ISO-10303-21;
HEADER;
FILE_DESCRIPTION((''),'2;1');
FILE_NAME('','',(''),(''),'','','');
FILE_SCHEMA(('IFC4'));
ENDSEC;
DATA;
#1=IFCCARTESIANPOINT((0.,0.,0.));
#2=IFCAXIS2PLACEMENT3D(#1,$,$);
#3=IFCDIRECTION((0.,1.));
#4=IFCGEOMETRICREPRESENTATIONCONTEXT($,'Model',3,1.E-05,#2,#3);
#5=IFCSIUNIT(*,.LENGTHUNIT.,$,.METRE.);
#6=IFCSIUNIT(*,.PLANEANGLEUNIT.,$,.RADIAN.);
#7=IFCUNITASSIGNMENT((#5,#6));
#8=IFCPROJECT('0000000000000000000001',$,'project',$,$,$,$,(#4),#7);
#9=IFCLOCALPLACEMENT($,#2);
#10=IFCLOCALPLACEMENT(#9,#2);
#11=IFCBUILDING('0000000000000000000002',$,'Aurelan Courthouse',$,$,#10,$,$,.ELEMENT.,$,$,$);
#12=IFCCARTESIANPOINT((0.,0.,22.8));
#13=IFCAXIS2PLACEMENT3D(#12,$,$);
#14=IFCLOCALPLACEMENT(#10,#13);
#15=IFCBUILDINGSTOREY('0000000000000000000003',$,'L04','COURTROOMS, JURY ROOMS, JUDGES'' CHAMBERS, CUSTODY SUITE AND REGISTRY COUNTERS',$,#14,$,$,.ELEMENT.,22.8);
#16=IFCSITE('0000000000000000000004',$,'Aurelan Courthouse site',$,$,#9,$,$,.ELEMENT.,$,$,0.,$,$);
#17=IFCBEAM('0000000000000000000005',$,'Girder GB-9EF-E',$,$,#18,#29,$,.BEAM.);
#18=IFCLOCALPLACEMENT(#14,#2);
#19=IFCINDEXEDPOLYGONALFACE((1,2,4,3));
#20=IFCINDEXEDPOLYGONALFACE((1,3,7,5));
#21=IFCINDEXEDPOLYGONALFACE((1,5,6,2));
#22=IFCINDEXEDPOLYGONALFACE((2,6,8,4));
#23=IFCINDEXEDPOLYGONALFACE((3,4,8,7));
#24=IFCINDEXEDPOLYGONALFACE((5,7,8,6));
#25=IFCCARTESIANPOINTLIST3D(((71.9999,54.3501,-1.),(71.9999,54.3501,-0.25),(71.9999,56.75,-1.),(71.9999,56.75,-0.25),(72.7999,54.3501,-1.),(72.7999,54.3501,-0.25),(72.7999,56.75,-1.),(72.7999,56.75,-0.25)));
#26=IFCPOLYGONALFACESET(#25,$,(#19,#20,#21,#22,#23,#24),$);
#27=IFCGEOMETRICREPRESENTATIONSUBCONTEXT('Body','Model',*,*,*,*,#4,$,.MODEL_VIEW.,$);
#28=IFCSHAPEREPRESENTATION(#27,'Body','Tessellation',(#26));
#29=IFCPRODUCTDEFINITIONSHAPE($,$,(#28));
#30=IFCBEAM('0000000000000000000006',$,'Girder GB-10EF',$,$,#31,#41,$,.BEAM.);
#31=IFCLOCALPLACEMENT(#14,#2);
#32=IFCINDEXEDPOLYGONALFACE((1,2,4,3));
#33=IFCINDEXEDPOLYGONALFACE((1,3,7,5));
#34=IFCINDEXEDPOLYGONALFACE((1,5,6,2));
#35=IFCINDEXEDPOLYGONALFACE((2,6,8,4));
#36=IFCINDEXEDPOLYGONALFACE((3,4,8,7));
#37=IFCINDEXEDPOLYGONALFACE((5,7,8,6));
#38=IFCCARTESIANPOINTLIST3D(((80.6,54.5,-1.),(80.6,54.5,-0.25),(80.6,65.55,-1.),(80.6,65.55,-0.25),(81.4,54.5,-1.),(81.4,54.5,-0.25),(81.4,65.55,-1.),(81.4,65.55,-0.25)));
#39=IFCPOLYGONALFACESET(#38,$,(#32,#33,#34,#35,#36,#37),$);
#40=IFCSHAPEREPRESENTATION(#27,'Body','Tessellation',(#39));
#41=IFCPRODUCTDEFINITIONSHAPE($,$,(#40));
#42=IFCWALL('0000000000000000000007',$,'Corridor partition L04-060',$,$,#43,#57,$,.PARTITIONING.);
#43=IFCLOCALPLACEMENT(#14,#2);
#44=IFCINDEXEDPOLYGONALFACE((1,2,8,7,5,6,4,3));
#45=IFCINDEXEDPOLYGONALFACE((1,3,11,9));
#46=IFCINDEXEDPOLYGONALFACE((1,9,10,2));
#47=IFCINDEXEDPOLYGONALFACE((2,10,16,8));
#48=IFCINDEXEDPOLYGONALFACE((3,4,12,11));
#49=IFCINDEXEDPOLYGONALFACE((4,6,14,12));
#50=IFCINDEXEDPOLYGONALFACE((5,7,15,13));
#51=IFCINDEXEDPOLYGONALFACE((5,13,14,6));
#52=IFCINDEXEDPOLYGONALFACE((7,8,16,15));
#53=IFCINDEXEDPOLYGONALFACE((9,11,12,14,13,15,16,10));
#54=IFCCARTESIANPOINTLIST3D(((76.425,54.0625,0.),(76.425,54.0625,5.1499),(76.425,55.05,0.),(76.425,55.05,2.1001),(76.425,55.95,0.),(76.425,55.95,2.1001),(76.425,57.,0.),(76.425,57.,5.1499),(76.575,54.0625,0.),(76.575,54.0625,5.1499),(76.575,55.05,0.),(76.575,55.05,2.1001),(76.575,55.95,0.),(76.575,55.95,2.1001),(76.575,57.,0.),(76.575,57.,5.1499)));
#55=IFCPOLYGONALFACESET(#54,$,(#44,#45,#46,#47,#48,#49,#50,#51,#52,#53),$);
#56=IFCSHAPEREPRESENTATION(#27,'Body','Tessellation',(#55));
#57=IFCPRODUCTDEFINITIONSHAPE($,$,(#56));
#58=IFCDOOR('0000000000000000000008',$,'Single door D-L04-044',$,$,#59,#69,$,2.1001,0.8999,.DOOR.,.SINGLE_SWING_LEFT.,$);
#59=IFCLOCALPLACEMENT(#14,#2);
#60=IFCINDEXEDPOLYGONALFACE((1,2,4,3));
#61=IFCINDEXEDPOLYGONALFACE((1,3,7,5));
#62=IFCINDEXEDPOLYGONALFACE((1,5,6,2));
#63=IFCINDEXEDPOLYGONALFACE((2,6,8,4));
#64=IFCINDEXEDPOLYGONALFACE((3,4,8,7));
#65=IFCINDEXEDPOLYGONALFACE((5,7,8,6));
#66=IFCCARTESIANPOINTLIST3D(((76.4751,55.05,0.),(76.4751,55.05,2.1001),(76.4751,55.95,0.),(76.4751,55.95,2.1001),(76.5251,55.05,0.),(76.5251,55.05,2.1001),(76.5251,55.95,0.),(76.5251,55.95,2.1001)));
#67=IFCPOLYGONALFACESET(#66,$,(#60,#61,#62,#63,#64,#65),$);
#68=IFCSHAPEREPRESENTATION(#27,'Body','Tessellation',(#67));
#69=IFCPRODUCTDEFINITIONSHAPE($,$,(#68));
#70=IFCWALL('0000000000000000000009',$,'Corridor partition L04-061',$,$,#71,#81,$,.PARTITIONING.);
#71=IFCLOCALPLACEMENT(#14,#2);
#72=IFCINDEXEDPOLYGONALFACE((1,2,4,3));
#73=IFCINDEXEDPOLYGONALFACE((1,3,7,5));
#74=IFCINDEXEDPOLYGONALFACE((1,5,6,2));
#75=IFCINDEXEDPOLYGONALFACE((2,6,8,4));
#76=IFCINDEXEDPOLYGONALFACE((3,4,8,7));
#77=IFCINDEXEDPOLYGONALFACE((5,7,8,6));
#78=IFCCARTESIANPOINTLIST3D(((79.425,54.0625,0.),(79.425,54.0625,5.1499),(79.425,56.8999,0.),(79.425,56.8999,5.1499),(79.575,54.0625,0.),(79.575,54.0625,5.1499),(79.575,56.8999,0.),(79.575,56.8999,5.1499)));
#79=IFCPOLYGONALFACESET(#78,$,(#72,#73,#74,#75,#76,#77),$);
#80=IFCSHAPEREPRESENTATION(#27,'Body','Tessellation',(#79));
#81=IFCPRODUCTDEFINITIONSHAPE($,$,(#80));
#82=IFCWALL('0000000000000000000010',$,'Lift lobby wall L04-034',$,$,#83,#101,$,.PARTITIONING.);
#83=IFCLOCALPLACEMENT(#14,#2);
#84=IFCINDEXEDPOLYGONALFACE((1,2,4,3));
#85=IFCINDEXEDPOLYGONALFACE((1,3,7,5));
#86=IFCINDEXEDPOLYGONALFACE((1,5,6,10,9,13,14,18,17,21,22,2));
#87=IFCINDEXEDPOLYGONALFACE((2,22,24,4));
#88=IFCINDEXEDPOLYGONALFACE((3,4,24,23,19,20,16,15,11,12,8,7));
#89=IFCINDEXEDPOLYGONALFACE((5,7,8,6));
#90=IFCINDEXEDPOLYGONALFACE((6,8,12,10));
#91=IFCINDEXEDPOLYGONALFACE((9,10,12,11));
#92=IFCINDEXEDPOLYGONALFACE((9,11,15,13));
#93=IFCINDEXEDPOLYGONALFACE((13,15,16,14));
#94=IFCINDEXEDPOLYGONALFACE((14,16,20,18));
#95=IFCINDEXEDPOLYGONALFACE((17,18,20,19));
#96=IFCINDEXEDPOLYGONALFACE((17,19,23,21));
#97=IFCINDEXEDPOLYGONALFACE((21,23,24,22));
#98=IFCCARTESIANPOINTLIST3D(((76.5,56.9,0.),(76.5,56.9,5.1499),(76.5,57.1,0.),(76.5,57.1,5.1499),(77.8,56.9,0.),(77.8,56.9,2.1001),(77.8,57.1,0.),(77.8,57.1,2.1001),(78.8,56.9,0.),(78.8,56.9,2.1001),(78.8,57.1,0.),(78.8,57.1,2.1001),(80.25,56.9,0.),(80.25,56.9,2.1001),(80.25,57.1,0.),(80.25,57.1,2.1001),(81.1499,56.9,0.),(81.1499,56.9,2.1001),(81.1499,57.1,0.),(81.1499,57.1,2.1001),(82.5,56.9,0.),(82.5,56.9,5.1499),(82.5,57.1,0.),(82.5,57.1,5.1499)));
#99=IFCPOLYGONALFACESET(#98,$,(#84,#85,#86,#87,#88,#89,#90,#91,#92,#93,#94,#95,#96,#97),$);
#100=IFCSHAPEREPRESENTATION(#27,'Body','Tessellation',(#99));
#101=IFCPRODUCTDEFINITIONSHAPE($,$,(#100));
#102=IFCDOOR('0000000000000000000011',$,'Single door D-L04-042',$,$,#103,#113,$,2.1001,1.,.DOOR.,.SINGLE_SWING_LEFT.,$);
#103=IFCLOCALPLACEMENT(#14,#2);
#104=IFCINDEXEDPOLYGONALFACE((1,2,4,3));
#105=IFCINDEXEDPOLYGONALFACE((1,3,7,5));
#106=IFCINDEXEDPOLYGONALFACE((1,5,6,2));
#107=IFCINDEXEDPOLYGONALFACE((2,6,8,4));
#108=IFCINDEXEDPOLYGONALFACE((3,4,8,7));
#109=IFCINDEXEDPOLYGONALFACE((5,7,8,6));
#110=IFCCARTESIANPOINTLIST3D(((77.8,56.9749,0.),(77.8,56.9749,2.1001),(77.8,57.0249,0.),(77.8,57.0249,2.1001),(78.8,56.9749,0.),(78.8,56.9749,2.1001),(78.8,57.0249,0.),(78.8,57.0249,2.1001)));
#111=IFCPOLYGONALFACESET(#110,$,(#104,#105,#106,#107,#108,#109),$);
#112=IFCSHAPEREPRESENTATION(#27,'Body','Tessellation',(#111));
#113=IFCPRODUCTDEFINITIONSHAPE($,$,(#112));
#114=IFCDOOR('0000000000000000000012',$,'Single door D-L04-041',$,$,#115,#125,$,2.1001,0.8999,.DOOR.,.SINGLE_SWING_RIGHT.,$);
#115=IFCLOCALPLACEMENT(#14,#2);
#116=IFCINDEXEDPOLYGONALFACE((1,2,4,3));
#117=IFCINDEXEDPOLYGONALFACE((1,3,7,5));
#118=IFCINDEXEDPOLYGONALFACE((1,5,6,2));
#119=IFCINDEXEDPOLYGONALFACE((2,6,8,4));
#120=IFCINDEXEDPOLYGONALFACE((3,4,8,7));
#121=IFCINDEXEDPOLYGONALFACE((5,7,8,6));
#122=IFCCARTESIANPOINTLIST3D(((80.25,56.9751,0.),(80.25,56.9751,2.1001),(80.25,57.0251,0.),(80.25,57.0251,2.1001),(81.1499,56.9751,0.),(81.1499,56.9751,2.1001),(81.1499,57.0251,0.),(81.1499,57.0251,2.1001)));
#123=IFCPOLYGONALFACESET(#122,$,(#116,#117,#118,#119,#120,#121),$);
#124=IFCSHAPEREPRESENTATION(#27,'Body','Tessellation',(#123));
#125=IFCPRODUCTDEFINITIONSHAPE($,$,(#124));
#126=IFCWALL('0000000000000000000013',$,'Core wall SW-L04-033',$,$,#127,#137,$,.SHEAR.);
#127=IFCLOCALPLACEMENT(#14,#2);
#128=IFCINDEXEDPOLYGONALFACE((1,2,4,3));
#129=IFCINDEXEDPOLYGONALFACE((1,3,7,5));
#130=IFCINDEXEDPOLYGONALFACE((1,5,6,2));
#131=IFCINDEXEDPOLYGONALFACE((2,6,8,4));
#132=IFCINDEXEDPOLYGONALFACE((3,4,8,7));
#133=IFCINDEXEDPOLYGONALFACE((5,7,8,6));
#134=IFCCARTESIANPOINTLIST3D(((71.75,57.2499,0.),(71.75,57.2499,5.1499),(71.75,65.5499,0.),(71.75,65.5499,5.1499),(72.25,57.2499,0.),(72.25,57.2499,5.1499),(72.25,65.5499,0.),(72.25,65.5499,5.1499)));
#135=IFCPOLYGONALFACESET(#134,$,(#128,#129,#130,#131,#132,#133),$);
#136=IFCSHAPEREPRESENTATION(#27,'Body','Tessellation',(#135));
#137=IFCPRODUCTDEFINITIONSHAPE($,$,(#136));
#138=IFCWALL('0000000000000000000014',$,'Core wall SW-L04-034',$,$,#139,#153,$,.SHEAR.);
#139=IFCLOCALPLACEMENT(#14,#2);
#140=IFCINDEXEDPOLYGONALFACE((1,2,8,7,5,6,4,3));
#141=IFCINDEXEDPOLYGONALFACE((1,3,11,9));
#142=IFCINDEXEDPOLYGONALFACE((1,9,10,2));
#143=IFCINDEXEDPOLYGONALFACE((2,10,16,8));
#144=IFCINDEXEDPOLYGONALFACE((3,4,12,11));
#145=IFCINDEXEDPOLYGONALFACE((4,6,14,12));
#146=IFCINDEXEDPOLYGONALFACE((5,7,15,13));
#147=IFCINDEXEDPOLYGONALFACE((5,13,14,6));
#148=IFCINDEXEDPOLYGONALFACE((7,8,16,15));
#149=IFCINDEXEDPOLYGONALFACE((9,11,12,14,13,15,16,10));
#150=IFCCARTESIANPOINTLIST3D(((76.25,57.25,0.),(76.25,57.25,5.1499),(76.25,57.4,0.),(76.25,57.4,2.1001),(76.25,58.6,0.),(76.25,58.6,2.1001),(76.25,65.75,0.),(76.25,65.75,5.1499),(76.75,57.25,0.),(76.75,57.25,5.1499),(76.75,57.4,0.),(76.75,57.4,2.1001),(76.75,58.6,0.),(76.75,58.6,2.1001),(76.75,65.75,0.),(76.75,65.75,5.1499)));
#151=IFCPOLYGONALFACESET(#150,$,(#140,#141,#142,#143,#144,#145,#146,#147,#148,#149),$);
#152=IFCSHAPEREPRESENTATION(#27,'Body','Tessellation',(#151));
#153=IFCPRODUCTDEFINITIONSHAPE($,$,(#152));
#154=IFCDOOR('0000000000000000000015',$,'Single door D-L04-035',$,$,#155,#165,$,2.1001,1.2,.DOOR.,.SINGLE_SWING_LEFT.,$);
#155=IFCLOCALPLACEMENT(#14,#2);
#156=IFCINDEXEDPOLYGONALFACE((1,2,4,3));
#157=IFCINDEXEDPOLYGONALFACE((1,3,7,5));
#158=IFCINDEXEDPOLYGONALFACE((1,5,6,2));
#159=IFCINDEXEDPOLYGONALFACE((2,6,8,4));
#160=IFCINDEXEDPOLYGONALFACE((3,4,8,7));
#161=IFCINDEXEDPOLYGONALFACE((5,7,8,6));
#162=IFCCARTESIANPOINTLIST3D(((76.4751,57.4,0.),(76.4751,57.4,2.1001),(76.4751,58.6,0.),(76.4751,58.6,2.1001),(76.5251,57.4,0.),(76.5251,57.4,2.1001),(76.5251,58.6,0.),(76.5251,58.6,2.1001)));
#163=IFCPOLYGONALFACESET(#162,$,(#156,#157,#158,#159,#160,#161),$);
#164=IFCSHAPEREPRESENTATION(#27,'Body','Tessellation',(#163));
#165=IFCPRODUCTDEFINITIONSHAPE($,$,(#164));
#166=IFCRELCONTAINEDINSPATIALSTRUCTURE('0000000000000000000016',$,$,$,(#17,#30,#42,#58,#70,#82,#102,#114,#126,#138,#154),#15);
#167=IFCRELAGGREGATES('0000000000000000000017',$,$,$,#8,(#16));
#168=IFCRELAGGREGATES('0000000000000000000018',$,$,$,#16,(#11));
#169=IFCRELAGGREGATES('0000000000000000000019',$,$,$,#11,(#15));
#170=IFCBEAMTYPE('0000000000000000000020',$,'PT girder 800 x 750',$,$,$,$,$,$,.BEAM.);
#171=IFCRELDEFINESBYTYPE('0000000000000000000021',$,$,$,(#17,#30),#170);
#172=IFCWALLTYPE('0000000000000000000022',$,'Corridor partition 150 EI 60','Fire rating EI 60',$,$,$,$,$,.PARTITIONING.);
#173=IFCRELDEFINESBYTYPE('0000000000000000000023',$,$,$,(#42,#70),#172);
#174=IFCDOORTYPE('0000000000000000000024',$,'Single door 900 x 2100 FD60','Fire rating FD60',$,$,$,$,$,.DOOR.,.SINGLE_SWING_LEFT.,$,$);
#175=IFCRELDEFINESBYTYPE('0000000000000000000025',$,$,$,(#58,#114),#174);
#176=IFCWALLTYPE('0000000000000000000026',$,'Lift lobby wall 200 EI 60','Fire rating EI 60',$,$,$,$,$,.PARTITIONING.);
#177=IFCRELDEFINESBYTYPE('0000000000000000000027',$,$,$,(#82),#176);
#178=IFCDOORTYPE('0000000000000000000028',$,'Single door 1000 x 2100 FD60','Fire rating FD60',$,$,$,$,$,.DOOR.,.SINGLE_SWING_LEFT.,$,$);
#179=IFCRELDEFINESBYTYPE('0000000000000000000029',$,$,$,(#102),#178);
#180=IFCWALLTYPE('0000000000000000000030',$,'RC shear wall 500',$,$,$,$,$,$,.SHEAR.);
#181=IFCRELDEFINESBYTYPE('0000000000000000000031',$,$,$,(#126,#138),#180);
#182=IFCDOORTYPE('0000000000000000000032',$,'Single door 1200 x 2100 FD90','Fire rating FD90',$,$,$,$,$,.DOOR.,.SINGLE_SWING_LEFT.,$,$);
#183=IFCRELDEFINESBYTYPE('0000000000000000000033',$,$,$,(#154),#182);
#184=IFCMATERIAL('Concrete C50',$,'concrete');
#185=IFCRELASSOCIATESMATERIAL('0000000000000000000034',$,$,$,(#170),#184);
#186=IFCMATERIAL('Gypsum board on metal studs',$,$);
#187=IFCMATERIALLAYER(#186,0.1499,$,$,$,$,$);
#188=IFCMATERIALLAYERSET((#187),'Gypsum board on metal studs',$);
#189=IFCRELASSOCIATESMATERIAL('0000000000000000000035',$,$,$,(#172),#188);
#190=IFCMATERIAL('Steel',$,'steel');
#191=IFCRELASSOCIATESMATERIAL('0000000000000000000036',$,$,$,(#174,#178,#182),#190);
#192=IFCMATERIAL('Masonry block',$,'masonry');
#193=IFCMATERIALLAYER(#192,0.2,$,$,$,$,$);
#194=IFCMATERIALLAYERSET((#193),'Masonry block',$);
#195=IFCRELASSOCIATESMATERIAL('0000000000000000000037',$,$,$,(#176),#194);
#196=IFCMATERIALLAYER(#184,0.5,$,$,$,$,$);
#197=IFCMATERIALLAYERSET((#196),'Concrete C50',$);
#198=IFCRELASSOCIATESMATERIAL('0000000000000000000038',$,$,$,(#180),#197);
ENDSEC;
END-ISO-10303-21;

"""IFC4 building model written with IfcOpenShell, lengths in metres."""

from ifc_helpers import new_model, si_unit, direction, frame, frame_2d, origin, origin_2d, place, context, subcontext, project, spatial, rectangle, extrude, material, layer, layer_set, material_profile, profile_set, type_object, element, fill, save


model = new_model("IFC4")

# Units and contexts
model_context = context("Model", 3, precision=1e-05, world=origin(), true_north=direction((0.0, 1.0)))
body_context = subcontext(model_context, "Body", "Model", "MODEL_VIEW")
ifc_project = project(units=[si_unit("LENGTHUNIT", "METRE"), si_unit("PLANEANGLEUNIT", "RADIAN")], contexts=[model_context])

# Site, building, storey
site_placement = place(None, origin())
site = spatial("IfcSite", under=ifc_project, at=site_placement, Name="Aurelan Courthouse site", CompositionType="ELEMENT", RefElevation=0.0)
building_placement = place(site_placement, origin())
building = spatial("IfcBuilding", under=site, at=building_placement, Name="Aurelan Courthouse", CompositionType="ELEMENT")
storey_placement = place(building_placement, frame((0.0, 0.0, 22.8)))
storey = spatial("IfcBuildingStorey", under=building, at=storey_placement, Name="L04", Description="COURTROOMS, JURY ROOMS, JUDGES' CHAMBERS, CUSTODY SUITE AND REGISTRY COUNTERS", CompositionType="ELEMENT", Elevation=22.8)

# Beams
ifc_material_1 = material(Name="Concrete C50", Category="concrete")
ifc_material_profile = material_profile(ifc_material_1, rectangle(XDim=0.8, YDim=0.75, at=origin_2d()), Name="RC 800 x 750")
ifc_profile_set = profile_set([ifc_material_profile], Name="Concrete C50")
beam_type = type_object("IfcBeamType", Name="PT girder 800 x 750", PredefinedType="BEAM", material=ifc_profile_set)
beam_1_placement = place(storey_placement, frame((72.3999, 54.3501, -0.625), z_axis=(0.0, 1.0, 0.0), x_axis=(-1.0, 0.0, 0.0)))
element("IfcBeam", 1, at=beam_1_placement, inside=storey, type_object=beam_type, Name="Girder GB-9EF-E", PredefinedType="BEAM", context=body_context, shape_type="SweptSolid", body=[
    extrude(rectangle(XDim=0.8, YDim=0.75, at=origin_2d()), origin(), (0.0, 0.0, 1.0), 2.3999),
])
beam_2_placement = place(storey_placement, frame((81.0, 54.5, -0.625), z_axis=(0.0, 1.0, 0.0), x_axis=(-1.0, 0.0, 0.0)))
element("IfcBeam", 2, at=beam_2_placement, inside=storey, type_object=beam_type, Name="Girder GB-10EF", PredefinedType="BEAM", context=body_context, shape_type="SweptSolid", body=[
    extrude(rectangle(XDim=0.8, YDim=0.75, at=origin_2d()), origin(), (0.0, 0.0, 1.0), 11.05),
])

# Wall, opening, door
ifc_material_2 = material(Name="Gypsum board on metal studs")
ifc_layer_1 = layer(ifc_material_2, 0.1499)
ifc_layer_set_1 = layer_set([ifc_layer_1], Name="Gypsum board on metal studs")
wall_type_1 = type_object("IfcWallType", Name="Corridor partition 150 EI 60", Description="Fire rating EI 60", PredefinedType="PARTITIONING", material=ifc_layer_set_1)
wall_1_placement = place(storey_placement, frame((76.5, 54.0625, 0.0), z_axis=(0.0, 0.0, 1.0), x_axis=(0.0, 1.0, 0.0)))
wall_1 = element("IfcWall", 3, at=wall_1_placement, inside=storey, type_object=wall_type_1, Name="Corridor partition L04-060", PredefinedType="PARTITIONING", context=body_context, shape_type="SweptSolid", body=[
    extrude(rectangle(XDim=2.9375, YDim=0.1499, at=frame_2d((1.4688, 0.0))), origin(), (0.0, 0.0, 1.0), 5.1499),
])
opening_1_placement = place(wall_1_placement, frame((0.9875, 0.0, 0.0)))
opening_1 = element("IfcOpeningElement", 4, at=opening_1_placement, cuts=wall_1, PredefinedType="OPENING", context=body_context, shape_type="SweptSolid", body=[
    extrude(rectangle(XDim=0.8999, YDim=2.1001, at=frame_2d((0.45, 1.05))), frame((0.0, 0.085, 0.0), z_axis=(0.0, -1.0, 0.0), x_axis=(1.0, 0.0, 0.0)), (0.0, 0.0, 1.0), 0.1699),
])
ifc_material_3 = material(Name="Steel", Category="steel")
door_type_1 = type_object("IfcDoorType", Name="Single door 900 x 2100 FD60", Description="Fire rating FD60", OperationType="SINGLE_SWING_LEFT", PredefinedType="DOOR", material=ifc_material_3)
door_1_placement = place(opening_1_placement, origin())
door_1 = element("IfcDoor", 5, at=door_1_placement, inside=storey, type_object=door_type_1, Name="Single door D-L04-044", OperationType="SINGLE_SWING_LEFT", OverallHeight=2.1001, OverallWidth=0.8999, PredefinedType="DOOR", context=body_context, shape_type="SweptSolid", body=[
    extrude(rectangle(XDim=0.8999, YDim=2.1001, at=frame_2d((0.45, 1.05))), frame((0.0, 0.0249, 0.0), z_axis=(0.0, -1.0, 0.0), x_axis=(1.0, 0.0, 0.0)), (0.0, 0.0, 1.0), 0.05),
])
fill(opening_1, door_1)

# Wall
wall_2_placement = place(storey_placement, frame((79.5, 54.0625, 0.0), z_axis=(0.0, 0.0, 1.0), x_axis=(0.0, 1.0, 0.0)))
element("IfcWall", 6, at=wall_2_placement, inside=storey, type_object=wall_type_1, Name="Corridor partition L04-061", PredefinedType="PARTITIONING", context=body_context, shape_type="SweptSolid", body=[
    extrude(rectangle(XDim=2.8374, YDim=0.1499, at=frame_2d((1.4187, 0.0))), origin(), (0.0, 0.0, 1.0), 5.1499),
])

# Wall, openings, doors
ifc_material_4 = material(Name="Masonry block", Category="masonry")
ifc_layer_2 = layer(ifc_material_4, 0.2)
ifc_layer_set_2 = layer_set([ifc_layer_2], Name="Masonry block")
wall_type_2 = type_object("IfcWallType", Name="Lift lobby wall 200 EI 60", Description="Fire rating EI 60", PredefinedType="PARTITIONING", material=ifc_layer_set_2)
wall_3_placement = place(storey_placement, frame((76.5, 57.0, 0.0), z_axis=(0.0, 0.0, 1.0), x_axis=(1.0, 0.0, 0.0)))
wall_3 = element("IfcWall", 7, at=wall_3_placement, inside=storey, type_object=wall_type_2, Name="Lift lobby wall L04-034", PredefinedType="PARTITIONING", context=body_context, shape_type="SweptSolid", body=[
    extrude(rectangle(XDim=6.0, YDim=0.2, at=frame_2d((3.0, 0.0))), origin(), (0.0, 0.0, 1.0), 5.1499),
])
opening_2_placement = place(wall_3_placement, frame((4.6499, 0.0, 0.0), z_axis=(0.0, 0.0, 1.0), x_axis=(-1.0, 0.0, 0.0)))
opening_2 = element("IfcOpeningElement", 8, at=opening_2_placement, cuts=wall_3, PredefinedType="OPENING", context=body_context, shape_type="SweptSolid", body=[
    extrude(rectangle(XDim=0.8999, YDim=2.1001, at=frame_2d((0.45, 1.05))), frame((0.0, 0.1099, 0.0), z_axis=(0.0, -1.0, 0.0), x_axis=(1.0, 0.0, 0.0)), (0.0, 0.0, 1.0), 0.22),
])
opening_3_placement = place(wall_3_placement, frame((1.3, 0.0, 0.0)))
opening_3 = element("IfcOpeningElement", 9, at=opening_3_placement, cuts=wall_3, PredefinedType="OPENING", context=body_context, shape_type="SweptSolid", body=[
    extrude(rectangle(XDim=1.0, YDim=2.1001, at=frame_2d((0.5, 1.05))), frame((0.0, 0.1099, 0.0), z_axis=(0.0, -1.0, 0.0), x_axis=(1.0, 0.0, 0.0)), (0.0, 0.0, 1.0), 0.22),
])
door_type_2 = type_object("IfcDoorType", Name="Single door 1000 x 2100 FD60", Description="Fire rating FD60", OperationType="SINGLE_SWING_LEFT", PredefinedType="DOOR", material=ifc_material_3)
door_2_placement = place(opening_3_placement, origin())
door_2 = element("IfcDoor", 10, at=door_2_placement, inside=storey, type_object=door_type_2, Name="Single door D-L04-042", OperationType="SINGLE_SWING_LEFT", OverallHeight=2.1001, OverallWidth=1.0, PredefinedType="DOOR", context=body_context, shape_type="SweptSolid", body=[
    extrude(rectangle(XDim=1.0, YDim=2.1001, at=frame_2d((0.5, 1.05))), frame((0.0, 0.0249, 0.0), z_axis=(0.0, -1.0, 0.0), x_axis=(1.0, 0.0, 0.0)), (0.0, 0.0, 1.0), 0.05),
])
fill(opening_3, door_2)
door_3_placement = place(opening_2_placement, origin())
door_3 = element("IfcDoor", 11, at=door_3_placement, inside=storey, type_object=door_type_1, Name="Single door D-L04-041", OperationType="SINGLE_SWING_RIGHT", OverallHeight=2.1001, OverallWidth=0.8999, PredefinedType="DOOR", context=body_context, shape_type="SweptSolid", body=[
    extrude(rectangle(XDim=0.8999, YDim=2.1001, at=frame_2d((0.45, 1.05))), frame((0.0, 0.0249, 0.0), z_axis=(0.0, -1.0, 0.0), x_axis=(1.0, 0.0, 0.0)), (0.0, 0.0, 1.0), 0.05),
])
fill(opening_2, door_3)

# Wall
ifc_layer_3 = layer(ifc_material_1, 0.5)
ifc_layer_set_3 = layer_set([ifc_layer_3], Name="Concrete C50")
wall_type_3 = type_object("IfcWallType", Name="RC shear wall 500", PredefinedType="SHEAR", material=ifc_layer_set_3)
wall_4_placement = place(storey_placement, frame((72.0, 57.25, 0.0), z_axis=(0.0, 0.0, 1.0), x_axis=(0.0, 1.0, 0.0)))
element("IfcWall", 12, at=wall_4_placement, inside=storey, type_object=wall_type_3, Name="Core wall SW-L04-033", PredefinedType="SHEAR", context=body_context, shape_type="SweptSolid", body=[
    extrude(rectangle(XDim=8.3, YDim=0.5, at=frame_2d((4.1499, 0.0))), origin(), (0.0, 0.0, 1.0), 5.1499),
])

# Wall, opening, door
wall_5_placement = place(storey_placement, frame((76.5, 57.25, 0.0), z_axis=(0.0, 0.0, 1.0), x_axis=(0.0, 1.0, 0.0)))
wall_5 = element("IfcWall", 13, at=wall_5_placement, inside=storey, type_object=wall_type_3, Name="Core wall SW-L04-034", PredefinedType="SHEAR", context=body_context, shape_type="SweptSolid", body=[
    extrude(rectangle(XDim=8.5, YDim=0.5, at=frame_2d((4.25, 0.0))), origin(), (0.0, 0.0, 1.0), 5.1499),
])
opening_4_placement = place(wall_5_placement, frame((0.1499, 0.0, 0.0)))
opening_4 = element("IfcOpeningElement", 14, at=opening_4_placement, cuts=wall_5, PredefinedType="OPENING", context=body_context, shape_type="SweptSolid", body=[
    extrude(rectangle(XDim=1.2, YDim=2.1001, at=frame_2d((0.6001, 1.05))), frame((0.0, 0.26, 0.0), z_axis=(0.0, -1.0, 0.0), x_axis=(1.0, 0.0, 0.0)), (0.0, 0.0, 1.0), 0.52),
])
door_type_3 = type_object("IfcDoorType", Name="Single door 1200 x 2100 FD90", Description="Fire rating FD90", OperationType="SINGLE_SWING_LEFT", PredefinedType="DOOR", material=ifc_material_3)
door_4_placement = place(opening_4_placement, origin())
door_4 = element("IfcDoor", 15, at=door_4_placement, inside=storey, type_object=door_type_3, Name="Single door D-L04-035", OperationType="SINGLE_SWING_LEFT", OverallHeight=2.1001, OverallWidth=1.2, PredefinedType="DOOR", context=body_context, shape_type="SweptSolid", body=[
    extrude(rectangle(XDim=1.2, YDim=2.1001, at=frame_2d((0.6001, 1.05))), frame((0.0, 0.0249, 0.0), z_axis=(0.0, -1.0, 0.0), x_axis=(1.0, 0.0, 0.0)), (0.0, 0.0, 1.0), 0.05),
])
fill(opening_4, door_4)

save(model, "model.ifc")
